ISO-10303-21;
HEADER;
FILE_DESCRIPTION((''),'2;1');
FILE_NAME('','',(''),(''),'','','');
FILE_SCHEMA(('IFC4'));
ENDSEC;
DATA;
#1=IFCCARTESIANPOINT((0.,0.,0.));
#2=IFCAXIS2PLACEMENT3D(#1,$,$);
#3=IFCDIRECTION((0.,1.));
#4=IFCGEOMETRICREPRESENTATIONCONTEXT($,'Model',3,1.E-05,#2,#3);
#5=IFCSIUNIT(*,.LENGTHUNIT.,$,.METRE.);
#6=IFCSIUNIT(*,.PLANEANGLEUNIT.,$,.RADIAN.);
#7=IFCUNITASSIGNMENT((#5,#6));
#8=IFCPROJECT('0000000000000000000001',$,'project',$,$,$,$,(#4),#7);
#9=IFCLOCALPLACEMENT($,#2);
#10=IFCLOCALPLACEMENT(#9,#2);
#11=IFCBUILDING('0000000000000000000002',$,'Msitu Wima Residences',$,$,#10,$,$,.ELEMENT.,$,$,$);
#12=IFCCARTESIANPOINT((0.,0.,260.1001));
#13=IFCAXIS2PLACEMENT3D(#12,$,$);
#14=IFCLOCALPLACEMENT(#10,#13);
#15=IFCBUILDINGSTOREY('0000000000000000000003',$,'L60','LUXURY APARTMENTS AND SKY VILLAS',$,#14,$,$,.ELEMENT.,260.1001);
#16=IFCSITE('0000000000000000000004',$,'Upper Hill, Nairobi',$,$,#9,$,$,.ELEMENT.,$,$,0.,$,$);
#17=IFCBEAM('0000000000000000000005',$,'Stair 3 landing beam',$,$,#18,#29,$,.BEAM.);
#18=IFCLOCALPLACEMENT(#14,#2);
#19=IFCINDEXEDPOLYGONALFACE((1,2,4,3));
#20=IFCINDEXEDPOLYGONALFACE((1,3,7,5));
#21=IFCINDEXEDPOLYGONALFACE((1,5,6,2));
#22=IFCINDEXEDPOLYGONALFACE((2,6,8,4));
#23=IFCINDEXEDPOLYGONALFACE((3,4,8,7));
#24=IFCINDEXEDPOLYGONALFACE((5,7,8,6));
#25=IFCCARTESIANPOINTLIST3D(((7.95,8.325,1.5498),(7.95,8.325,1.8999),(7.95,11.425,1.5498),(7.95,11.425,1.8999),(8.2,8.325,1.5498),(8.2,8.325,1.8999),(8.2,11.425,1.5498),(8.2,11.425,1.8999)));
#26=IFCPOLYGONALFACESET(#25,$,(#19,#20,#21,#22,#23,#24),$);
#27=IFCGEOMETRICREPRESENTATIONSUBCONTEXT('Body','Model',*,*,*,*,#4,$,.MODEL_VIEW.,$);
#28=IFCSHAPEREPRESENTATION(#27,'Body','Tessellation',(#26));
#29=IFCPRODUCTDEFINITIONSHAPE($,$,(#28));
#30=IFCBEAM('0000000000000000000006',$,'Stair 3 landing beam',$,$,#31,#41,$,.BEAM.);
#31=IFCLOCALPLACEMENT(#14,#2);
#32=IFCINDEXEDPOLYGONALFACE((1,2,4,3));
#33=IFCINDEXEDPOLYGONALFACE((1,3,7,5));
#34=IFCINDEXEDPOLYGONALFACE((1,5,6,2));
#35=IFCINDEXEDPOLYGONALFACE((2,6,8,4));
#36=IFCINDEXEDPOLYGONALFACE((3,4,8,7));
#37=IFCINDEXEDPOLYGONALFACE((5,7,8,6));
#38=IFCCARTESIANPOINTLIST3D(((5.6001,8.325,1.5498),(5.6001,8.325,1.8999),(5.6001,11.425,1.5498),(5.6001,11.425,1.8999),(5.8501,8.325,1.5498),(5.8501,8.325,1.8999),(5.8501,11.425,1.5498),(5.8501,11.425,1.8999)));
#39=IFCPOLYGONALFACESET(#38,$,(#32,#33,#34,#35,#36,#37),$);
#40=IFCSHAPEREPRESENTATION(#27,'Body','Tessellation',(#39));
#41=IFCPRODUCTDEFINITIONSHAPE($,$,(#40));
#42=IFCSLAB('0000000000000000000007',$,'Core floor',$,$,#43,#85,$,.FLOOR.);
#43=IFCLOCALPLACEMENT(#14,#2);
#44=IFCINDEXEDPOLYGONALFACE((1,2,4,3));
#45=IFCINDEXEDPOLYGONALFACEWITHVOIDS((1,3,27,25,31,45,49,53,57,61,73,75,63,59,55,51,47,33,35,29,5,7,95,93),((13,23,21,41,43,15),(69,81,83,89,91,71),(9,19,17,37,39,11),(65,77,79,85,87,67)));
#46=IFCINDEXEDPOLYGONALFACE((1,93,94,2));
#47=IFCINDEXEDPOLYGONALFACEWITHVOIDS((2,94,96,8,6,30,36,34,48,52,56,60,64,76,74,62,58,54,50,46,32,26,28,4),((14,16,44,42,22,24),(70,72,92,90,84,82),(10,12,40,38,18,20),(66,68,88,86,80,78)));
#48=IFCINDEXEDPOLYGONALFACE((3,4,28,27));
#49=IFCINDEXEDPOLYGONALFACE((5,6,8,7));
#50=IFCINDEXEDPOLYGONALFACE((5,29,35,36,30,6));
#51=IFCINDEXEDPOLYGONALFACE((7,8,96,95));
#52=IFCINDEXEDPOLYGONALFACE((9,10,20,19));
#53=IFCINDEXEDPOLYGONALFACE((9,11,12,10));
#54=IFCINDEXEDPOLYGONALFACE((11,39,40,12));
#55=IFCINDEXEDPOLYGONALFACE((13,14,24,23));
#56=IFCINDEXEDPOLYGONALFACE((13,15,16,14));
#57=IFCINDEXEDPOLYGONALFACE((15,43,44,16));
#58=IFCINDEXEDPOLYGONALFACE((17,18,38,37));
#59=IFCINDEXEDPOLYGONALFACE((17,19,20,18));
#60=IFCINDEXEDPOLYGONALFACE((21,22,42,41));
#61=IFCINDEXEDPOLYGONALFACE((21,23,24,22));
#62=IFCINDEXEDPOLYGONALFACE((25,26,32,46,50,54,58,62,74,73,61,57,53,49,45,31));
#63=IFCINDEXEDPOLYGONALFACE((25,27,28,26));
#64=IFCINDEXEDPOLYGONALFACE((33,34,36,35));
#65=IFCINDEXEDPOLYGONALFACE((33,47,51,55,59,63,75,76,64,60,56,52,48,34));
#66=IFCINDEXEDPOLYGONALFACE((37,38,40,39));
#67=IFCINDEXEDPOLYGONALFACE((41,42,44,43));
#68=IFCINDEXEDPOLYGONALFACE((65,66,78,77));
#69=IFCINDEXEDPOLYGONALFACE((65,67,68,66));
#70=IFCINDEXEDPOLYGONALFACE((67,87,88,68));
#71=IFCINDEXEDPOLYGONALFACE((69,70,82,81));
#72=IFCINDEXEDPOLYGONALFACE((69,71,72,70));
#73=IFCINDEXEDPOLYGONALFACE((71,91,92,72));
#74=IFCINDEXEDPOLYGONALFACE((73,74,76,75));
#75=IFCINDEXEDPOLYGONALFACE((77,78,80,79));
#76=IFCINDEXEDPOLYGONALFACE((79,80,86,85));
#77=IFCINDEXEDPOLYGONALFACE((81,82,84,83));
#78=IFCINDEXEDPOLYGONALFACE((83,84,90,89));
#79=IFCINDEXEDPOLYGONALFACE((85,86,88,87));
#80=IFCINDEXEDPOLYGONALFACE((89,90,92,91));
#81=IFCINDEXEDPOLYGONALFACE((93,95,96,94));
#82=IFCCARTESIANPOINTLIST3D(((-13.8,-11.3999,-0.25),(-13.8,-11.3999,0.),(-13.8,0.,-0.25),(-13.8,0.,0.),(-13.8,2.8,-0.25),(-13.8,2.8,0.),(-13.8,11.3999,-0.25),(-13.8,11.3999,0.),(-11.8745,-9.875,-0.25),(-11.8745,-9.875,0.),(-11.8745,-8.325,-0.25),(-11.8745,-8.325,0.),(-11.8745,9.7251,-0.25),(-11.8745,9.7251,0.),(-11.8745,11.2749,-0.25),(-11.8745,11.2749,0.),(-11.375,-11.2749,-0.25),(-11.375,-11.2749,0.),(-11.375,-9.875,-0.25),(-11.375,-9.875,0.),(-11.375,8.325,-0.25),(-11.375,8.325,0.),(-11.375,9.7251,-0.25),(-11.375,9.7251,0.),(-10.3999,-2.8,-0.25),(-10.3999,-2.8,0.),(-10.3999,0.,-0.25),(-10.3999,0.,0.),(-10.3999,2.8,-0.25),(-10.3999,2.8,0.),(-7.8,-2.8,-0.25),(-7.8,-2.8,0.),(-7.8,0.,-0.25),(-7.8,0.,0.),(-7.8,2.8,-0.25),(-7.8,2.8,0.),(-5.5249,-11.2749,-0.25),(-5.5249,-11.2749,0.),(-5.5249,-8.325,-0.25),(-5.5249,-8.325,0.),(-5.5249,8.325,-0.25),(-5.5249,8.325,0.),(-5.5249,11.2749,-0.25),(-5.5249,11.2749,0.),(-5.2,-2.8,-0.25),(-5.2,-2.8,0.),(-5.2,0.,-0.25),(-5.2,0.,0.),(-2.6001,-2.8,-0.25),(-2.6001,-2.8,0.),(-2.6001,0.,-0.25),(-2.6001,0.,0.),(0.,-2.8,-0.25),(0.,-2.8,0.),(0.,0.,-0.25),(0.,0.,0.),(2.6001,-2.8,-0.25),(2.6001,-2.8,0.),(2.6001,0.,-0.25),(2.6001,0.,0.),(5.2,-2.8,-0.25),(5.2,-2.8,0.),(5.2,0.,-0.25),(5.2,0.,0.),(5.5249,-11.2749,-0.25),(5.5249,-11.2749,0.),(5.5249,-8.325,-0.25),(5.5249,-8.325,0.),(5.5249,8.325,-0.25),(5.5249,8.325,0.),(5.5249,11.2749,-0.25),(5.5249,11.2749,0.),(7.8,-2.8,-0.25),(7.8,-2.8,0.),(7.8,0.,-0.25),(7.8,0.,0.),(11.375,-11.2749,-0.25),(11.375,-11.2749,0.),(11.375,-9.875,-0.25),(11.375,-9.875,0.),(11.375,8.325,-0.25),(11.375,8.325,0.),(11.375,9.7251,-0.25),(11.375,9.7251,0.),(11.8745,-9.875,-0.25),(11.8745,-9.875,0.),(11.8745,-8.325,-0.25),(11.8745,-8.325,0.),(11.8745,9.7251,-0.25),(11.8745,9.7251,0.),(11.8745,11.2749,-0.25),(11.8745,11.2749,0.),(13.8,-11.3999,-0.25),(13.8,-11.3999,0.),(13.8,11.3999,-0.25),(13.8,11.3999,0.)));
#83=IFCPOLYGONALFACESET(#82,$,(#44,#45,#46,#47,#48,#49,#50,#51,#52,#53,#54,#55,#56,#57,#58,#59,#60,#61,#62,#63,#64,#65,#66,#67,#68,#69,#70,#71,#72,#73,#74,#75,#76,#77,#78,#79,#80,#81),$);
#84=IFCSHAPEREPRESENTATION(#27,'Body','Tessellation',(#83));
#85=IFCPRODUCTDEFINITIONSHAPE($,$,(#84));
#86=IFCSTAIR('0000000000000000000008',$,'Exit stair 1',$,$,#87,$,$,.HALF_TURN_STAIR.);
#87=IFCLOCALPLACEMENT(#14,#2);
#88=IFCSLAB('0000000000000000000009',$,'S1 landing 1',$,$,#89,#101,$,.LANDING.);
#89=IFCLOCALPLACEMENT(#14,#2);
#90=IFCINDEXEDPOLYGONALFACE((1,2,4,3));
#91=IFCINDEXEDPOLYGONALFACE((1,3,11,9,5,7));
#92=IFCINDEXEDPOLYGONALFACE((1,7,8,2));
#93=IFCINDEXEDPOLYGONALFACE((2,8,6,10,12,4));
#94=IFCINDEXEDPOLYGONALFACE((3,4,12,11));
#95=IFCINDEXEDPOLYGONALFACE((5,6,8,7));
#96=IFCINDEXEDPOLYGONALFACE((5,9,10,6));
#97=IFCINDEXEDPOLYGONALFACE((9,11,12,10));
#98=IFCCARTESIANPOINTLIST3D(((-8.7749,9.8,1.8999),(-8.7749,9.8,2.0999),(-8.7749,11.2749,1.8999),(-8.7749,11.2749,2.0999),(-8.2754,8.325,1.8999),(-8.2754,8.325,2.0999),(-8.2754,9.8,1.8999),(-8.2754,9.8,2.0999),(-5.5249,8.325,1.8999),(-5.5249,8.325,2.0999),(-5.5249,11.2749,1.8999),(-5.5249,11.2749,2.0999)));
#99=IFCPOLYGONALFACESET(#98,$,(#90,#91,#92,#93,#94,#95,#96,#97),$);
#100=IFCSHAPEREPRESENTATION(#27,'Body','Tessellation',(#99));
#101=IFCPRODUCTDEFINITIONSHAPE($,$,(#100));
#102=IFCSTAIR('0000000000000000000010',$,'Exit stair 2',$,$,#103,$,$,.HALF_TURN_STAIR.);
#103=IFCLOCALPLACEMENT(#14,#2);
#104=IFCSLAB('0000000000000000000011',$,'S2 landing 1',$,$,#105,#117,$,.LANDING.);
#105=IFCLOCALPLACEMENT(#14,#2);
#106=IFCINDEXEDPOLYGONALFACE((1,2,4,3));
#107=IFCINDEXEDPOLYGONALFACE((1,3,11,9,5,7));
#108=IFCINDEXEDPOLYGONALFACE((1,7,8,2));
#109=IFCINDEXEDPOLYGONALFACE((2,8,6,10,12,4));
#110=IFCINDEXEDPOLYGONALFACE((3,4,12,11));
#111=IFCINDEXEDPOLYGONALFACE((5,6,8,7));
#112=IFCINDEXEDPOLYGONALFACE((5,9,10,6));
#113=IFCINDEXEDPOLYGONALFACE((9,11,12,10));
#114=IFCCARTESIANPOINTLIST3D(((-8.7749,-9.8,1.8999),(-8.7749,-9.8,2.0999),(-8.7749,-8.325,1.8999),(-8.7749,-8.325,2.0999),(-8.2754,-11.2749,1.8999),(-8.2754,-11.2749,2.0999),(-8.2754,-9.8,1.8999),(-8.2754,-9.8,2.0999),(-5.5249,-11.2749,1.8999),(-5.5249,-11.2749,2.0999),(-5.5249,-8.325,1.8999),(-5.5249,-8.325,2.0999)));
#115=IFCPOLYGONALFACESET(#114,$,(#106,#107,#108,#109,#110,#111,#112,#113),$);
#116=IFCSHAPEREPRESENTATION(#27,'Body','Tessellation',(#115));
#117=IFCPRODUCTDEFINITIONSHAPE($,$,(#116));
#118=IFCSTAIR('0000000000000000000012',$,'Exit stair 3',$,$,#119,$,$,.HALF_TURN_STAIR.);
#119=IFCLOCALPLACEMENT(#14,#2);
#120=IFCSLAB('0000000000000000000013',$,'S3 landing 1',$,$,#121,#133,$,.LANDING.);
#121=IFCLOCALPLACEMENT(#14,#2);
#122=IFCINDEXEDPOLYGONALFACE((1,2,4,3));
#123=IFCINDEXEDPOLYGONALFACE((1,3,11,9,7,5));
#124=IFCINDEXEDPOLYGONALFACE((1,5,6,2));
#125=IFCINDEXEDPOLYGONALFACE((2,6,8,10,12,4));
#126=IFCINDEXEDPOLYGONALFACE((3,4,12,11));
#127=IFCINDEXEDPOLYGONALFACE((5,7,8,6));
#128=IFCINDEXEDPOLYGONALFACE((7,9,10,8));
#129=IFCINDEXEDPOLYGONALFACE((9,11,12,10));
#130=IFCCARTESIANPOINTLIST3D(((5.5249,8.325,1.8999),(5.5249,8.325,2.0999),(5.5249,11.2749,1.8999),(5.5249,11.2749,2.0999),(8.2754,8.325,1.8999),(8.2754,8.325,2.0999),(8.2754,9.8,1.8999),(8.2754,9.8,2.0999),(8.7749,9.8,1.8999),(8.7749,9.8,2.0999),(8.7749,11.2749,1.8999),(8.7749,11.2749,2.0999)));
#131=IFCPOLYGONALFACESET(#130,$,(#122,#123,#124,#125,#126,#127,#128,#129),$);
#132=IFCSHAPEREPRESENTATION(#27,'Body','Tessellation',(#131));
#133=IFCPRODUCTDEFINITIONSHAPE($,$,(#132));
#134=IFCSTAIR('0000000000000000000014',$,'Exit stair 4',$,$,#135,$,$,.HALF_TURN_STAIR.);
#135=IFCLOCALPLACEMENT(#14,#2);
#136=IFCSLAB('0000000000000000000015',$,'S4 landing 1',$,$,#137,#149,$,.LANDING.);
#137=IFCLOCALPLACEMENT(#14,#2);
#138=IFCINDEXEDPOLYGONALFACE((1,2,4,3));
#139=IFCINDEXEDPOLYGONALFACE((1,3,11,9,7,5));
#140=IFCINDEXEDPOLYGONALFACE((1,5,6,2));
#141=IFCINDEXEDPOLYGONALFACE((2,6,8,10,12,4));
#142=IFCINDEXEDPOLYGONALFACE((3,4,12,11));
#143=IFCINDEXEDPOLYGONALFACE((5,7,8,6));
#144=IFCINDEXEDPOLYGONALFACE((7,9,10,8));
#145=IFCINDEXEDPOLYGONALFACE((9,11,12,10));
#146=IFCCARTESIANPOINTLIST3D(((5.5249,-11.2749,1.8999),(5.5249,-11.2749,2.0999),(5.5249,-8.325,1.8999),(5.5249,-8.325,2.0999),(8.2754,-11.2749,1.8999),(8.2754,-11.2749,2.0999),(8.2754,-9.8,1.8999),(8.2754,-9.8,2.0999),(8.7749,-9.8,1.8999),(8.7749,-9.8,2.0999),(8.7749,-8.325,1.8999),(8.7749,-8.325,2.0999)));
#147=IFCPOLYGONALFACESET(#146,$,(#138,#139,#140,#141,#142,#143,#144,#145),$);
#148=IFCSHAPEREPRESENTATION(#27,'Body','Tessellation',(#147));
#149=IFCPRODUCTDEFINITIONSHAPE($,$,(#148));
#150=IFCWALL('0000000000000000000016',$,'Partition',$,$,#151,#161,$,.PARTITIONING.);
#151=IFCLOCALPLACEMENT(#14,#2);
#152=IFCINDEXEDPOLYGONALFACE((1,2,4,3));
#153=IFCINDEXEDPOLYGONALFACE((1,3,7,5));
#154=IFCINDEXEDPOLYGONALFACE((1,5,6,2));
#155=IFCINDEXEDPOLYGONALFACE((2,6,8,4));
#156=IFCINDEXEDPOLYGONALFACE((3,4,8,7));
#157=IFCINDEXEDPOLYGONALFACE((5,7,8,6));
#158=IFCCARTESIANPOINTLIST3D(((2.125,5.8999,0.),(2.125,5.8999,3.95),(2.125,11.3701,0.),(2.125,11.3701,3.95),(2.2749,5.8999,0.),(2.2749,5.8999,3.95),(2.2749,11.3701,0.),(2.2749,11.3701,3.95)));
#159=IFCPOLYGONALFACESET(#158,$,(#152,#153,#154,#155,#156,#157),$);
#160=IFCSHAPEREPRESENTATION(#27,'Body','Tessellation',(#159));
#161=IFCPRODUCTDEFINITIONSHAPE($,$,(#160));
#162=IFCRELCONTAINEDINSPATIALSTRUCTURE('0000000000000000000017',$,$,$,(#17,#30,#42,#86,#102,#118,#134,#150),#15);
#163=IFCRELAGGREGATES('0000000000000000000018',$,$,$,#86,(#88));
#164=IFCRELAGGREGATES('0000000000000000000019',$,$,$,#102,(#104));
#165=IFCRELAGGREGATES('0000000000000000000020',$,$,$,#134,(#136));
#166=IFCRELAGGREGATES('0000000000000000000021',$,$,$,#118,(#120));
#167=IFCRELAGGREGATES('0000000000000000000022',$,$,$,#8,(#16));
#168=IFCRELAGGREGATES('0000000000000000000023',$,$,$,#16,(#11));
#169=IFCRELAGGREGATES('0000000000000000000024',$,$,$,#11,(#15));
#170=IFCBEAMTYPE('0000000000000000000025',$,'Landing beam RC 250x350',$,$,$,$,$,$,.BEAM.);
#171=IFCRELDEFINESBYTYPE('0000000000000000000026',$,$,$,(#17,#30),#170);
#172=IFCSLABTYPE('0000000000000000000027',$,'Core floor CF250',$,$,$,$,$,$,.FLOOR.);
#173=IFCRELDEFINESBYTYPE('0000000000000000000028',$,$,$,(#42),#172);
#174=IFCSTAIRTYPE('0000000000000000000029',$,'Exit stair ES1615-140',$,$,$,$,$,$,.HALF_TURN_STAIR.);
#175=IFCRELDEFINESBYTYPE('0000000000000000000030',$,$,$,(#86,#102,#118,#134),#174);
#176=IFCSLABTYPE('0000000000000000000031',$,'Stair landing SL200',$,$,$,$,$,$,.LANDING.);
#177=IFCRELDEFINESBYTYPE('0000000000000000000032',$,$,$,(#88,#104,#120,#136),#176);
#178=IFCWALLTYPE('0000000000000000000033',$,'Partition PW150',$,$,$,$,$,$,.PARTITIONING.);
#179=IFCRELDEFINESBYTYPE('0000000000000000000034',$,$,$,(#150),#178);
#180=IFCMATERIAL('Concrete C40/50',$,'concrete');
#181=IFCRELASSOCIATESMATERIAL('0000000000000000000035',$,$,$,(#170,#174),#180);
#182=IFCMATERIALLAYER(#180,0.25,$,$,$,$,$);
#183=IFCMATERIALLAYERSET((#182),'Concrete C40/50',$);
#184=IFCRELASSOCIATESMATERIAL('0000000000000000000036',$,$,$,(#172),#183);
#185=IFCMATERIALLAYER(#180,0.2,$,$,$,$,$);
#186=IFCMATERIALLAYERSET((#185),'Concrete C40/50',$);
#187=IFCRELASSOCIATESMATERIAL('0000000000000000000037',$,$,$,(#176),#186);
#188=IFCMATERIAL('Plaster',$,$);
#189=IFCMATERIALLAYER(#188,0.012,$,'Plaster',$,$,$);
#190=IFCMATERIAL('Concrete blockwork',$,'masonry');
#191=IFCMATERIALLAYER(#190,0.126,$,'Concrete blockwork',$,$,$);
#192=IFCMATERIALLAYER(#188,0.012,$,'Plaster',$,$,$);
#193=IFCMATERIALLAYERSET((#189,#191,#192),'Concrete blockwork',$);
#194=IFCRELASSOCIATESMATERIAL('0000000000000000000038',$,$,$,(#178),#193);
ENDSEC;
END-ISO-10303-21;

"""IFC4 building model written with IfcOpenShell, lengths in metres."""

from ifc_helpers import new_model, si_unit, direction, frame, frame_2d, origin, origin_2d, place, context, subcontext, project, spatial, polyline, rectangle, outline, extrude, material, layer, layer_set, material_profile, profile_set, type_object, element, aggregate, save


model = new_model("IFC4")

# Units and contexts
model_context = context("Model", 3, precision=1e-05, world=origin(), true_north=direction((0.0, 1.0)))
body_context = subcontext(model_context, "Body", "Model", "MODEL_VIEW")
ifc_project = project(units=[si_unit("LENGTHUNIT", "METRE"), si_unit("PLANEANGLEUNIT", "RADIAN")], contexts=[model_context])

# Site, building, storey
site_placement = place(None, origin())
site = spatial("IfcSite", under=ifc_project, at=site_placement, Name="Upper Hill, Nairobi", CompositionType="ELEMENT", RefElevation=0.0)
building_placement = place(site_placement, origin())
building = spatial("IfcBuilding", under=site, at=building_placement, Name="Msitu Wima Residences", CompositionType="ELEMENT")
storey_placement = place(building_placement, frame((0.0, 0.0, 260.1001)))
storey = spatial("IfcBuildingStorey", under=building, at=storey_placement, Name="L60", Description="LUXURY APARTMENTS AND SKY VILLAS", CompositionType="ELEMENT", Elevation=260.1001)

# Beams
ifc_material_1 = material(Name="Concrete C40/50", Category="concrete")
ifc_material_profile = material_profile(ifc_material_1, rectangle(XDim=0.25, YDim=0.3501, at=origin_2d()), Name="RC 250x350")
ifc_profile_set = profile_set([ifc_material_profile], Name="Concrete C40/50")
beam_type = type_object("IfcBeamType", Name="Landing beam RC 250x350", PredefinedType="BEAM", material=ifc_profile_set)
for number, where, z_axis, x_axis, name in (
    (1, (8.075, 8.325, 1.7249), (0.0, 1.0, 0.0), (-1.0, 0.0, 0.0), "Stair 3 landing beam"),
    (2, (5.7251, 8.325, 1.7249), (0.0, 1.0, 0.0), (-1.0, 0.0, 0.0), "Stair 3 landing beam"),
):
    element("IfcBeam", number, at=place(storey_placement, frame(where, z_axis=z_axis, x_axis=x_axis)), inside=storey, type_object=beam_type, Name=name, PredefinedType="BEAM", context=body_context, shape_type="SweptSolid", body=[
        extrude(rectangle(XDim=0.25, YDim=0.3501, at=origin_2d()), origin(), (0.0, 0.0, 1.0), 3.1001),
    ])

# Slab
ifc_layer_1 = layer(ifc_material_1, 0.25)
ifc_layer_set_1 = layer_set([ifc_layer_1], Name="Concrete C40/50")
slab_type_1 = type_object("IfcSlabType", Name="Core floor CF250", PredefinedType="FLOOR", material=ifc_layer_set_1)
slab_1_placement = place(storey_placement, frame((0.0, 0.0, -0.25)))
element("IfcSlab", 3, at=slab_1_placement, inside=storey, type_object=slab_type_1, Name="Core floor", PredefinedType="FLOOR", context=body_context, shape_type="SweptSolid", body=[
    extrude(outline(polyline([(-13.8, 11.3999), (-13.8, 2.8), (-10.3999, 2.8), (-7.8, 2.8), (-7.8, 0.0), (-5.2, 0.0), (-2.6001, 0.0), (0.0, 0.0), (2.6001, 0.0), (5.2, 0.0), (7.8, 0.0), (7.8, -2.8), (5.2, -2.8), (2.6001, -2.8), (0.0, -2.8), (-2.6001, -2.8), (-5.2, -2.8), (-7.8, -2.8), (-10.3999, -2.8), (-10.3999, 0.0), (-13.8, 0.0), (-13.8, -11.3999), (13.8, -11.3999), (13.8, 11.3999), (-13.8, 11.3999)]), holes=[polyline([(-11.375, -11.2749), (-11.375, -9.875), (-11.8745, -9.875), (-11.8745, -8.325), (-5.5249, -8.325), (-5.5249, -11.2749), (-11.375, -11.2749)]), polyline([(-11.375, 8.325), (-11.375, 9.7251), (-11.8745, 9.7251), (-11.8745, 11.2749), (-5.5249, 11.2749), (-5.5249, 8.325), (-11.375, 8.325)]), polyline([(11.375, -9.875), (11.375, -11.2749), (5.5249, -11.2749), (5.5249, -8.325), (11.8745, -8.325), (11.8745, -9.875), (11.375, -9.875)]), polyline([(11.375, 9.7251), (11.375, 8.325), (5.5249, 8.325), (5.5249, 11.2749), (11.8745, 11.2749), (11.8745, 9.7251), (11.375, 9.7251)])]), origin(), (0.0, 0.0, 1.0), 0.25),
])

# Stairs, slabs
stair_type = type_object("IfcStairType", Name="Exit stair ES1615-140", PredefinedType="HALF_TURN_STAIR", material=ifc_material_1)
stair_1_placement = place(storey_placement, origin())
stair_1 = element("IfcStair", 4, at=stair_1_placement, inside=storey, type_object=stair_type, Name="Exit stair 1", PredefinedType="HALF_TURN_STAIR")
ifc_layer_2 = layer(ifc_material_1, 0.2)
ifc_layer_set_2 = layer_set([ifc_layer_2], Name="Concrete C40/50")
slab_type_2 = type_object("IfcSlabType", Name="Stair landing SL200", PredefinedType="LANDING", material=ifc_layer_set_2)
slab_2_placement = place(storey_placement, frame((0.0, 0.0, 1.8999)))
slab_2 = element("IfcSlab", 5, at=slab_2_placement, type_object=slab_type_2, Name="S1 landing 1", PredefinedType="LANDING", context=body_context, shape_type="SweptSolid", body=[
    extrude(outline(polyline([(-5.5249, 8.325), (-8.2754, 8.325), (-8.2754, 9.8), (-8.7749, 9.8), (-8.7749, 11.2749), (-5.5249, 11.2749), (-5.5249, 8.325)])), origin(), (0.0, 0.0, 1.0), 0.2),
])
aggregate(stair_1, [slab_2])
stair_2_placement = place(storey_placement, origin())
stair_2 = element("IfcStair", 6, at=stair_2_placement, inside=storey, type_object=stair_type, Name="Exit stair 2", PredefinedType="HALF_TURN_STAIR")
slab_3_placement = place(storey_placement, frame((0.0, 0.0, 1.8999)))
slab_3 = element("IfcSlab", 7, at=slab_3_placement, type_object=slab_type_2, Name="S2 landing 1", PredefinedType="LANDING", context=body_context, shape_type="SweptSolid", body=[
    extrude(outline(polyline([(-5.5249, -11.2749), (-8.2754, -11.2749), (-8.2754, -9.8), (-8.7749, -9.8), (-8.7749, -8.325), (-5.5249, -8.325), (-5.5249, -11.2749)])), origin(), (0.0, 0.0, 1.0), 0.2),
])
aggregate(stair_2, [slab_3])
stair_3_placement = place(storey_placement, origin())
stair_3 = element("IfcStair", 8, at=stair_3_placement, inside=storey, type_object=stair_type, Name="Exit stair 3", PredefinedType="HALF_TURN_STAIR")
slab_4_placement = place(storey_placement, frame((0.0, 0.0, 1.8999)))
slab_4 = element("IfcSlab", 9, at=slab_4_placement, type_object=slab_type_2, Name="S3 landing 1", PredefinedType="LANDING", context=body_context, shape_type="SweptSolid", body=[
    extrude(outline(polyline([(5.5249, 8.325), (8.2754, 8.325), (8.2754, 9.8), (8.7749, 9.8), (8.7749, 11.2749), (5.5249, 11.2749), (5.5249, 8.325)])), origin(), (0.0, 0.0, 1.0), 0.2),
])
stair_4_placement = place(storey_placement, origin())
stair_4 = element("IfcStair", 10, at=stair_4_placement, inside=storey, type_object=stair_type, Name="Exit stair 4", PredefinedType="HALF_TURN_STAIR")
slab_5_placement = place(storey_placement, frame((0.0, 0.0, 1.8999)))
slab_5 = element("IfcSlab", 11, at=slab_5_placement, type_object=slab_type_2, Name="S4 landing 1", PredefinedType="LANDING", context=body_context, shape_type="SweptSolid", body=[
    extrude(outline(polyline([(5.5249, -11.2749), (8.2754, -11.2749), (8.2754, -9.8), (8.7749, -9.8), (8.7749, -8.325), (5.5249, -8.325), (5.5249, -11.2749)])), origin(), (0.0, 0.0, 1.0), 0.2),
])
aggregate(stair_4, [slab_5])

# Wall
ifc_material_2 = material(Name="Plaster")
ifc_layer_3 = layer(ifc_material_2, 0.012, Name="Plaster")
ifc_material_3 = material(Name="Concrete blockwork", Category="masonry")
ifc_layer_4 = layer(ifc_material_3, 0.126, Name="Concrete blockwork")
ifc_layer_5 = layer(ifc_material_2, 0.012, Name="Plaster")
ifc_layer_set_3 = layer_set([ifc_layer_3, ifc_layer_4, ifc_layer_5], Name="Concrete blockwork")
wall_type_1 = type_object("IfcWallType", Name="Partition PW150", PredefinedType="PARTITIONING", material=ifc_layer_set_3)
wall_1_placement = place(storey_placement, frame((2.2, 5.8999, 0.0), z_axis=(0.0, 0.0, 1.0), x_axis=(0.0, 1.0, 0.0)))
element("IfcWall", 12, at=wall_1_placement, inside=storey, type_object=wall_type_1, Name="Partition", PredefinedType="PARTITIONING", context=body_context, shape_type="SweptSolid", body=[
    extrude(rectangle(XDim=5.4702, YDim=0.1499, at=frame_2d((2.7351, 0.0))), origin(), (0.0, 0.0, 1.0), 3.95),
])

aggregate(stair_3, [slab_4])

save(model, "model.ifc")
